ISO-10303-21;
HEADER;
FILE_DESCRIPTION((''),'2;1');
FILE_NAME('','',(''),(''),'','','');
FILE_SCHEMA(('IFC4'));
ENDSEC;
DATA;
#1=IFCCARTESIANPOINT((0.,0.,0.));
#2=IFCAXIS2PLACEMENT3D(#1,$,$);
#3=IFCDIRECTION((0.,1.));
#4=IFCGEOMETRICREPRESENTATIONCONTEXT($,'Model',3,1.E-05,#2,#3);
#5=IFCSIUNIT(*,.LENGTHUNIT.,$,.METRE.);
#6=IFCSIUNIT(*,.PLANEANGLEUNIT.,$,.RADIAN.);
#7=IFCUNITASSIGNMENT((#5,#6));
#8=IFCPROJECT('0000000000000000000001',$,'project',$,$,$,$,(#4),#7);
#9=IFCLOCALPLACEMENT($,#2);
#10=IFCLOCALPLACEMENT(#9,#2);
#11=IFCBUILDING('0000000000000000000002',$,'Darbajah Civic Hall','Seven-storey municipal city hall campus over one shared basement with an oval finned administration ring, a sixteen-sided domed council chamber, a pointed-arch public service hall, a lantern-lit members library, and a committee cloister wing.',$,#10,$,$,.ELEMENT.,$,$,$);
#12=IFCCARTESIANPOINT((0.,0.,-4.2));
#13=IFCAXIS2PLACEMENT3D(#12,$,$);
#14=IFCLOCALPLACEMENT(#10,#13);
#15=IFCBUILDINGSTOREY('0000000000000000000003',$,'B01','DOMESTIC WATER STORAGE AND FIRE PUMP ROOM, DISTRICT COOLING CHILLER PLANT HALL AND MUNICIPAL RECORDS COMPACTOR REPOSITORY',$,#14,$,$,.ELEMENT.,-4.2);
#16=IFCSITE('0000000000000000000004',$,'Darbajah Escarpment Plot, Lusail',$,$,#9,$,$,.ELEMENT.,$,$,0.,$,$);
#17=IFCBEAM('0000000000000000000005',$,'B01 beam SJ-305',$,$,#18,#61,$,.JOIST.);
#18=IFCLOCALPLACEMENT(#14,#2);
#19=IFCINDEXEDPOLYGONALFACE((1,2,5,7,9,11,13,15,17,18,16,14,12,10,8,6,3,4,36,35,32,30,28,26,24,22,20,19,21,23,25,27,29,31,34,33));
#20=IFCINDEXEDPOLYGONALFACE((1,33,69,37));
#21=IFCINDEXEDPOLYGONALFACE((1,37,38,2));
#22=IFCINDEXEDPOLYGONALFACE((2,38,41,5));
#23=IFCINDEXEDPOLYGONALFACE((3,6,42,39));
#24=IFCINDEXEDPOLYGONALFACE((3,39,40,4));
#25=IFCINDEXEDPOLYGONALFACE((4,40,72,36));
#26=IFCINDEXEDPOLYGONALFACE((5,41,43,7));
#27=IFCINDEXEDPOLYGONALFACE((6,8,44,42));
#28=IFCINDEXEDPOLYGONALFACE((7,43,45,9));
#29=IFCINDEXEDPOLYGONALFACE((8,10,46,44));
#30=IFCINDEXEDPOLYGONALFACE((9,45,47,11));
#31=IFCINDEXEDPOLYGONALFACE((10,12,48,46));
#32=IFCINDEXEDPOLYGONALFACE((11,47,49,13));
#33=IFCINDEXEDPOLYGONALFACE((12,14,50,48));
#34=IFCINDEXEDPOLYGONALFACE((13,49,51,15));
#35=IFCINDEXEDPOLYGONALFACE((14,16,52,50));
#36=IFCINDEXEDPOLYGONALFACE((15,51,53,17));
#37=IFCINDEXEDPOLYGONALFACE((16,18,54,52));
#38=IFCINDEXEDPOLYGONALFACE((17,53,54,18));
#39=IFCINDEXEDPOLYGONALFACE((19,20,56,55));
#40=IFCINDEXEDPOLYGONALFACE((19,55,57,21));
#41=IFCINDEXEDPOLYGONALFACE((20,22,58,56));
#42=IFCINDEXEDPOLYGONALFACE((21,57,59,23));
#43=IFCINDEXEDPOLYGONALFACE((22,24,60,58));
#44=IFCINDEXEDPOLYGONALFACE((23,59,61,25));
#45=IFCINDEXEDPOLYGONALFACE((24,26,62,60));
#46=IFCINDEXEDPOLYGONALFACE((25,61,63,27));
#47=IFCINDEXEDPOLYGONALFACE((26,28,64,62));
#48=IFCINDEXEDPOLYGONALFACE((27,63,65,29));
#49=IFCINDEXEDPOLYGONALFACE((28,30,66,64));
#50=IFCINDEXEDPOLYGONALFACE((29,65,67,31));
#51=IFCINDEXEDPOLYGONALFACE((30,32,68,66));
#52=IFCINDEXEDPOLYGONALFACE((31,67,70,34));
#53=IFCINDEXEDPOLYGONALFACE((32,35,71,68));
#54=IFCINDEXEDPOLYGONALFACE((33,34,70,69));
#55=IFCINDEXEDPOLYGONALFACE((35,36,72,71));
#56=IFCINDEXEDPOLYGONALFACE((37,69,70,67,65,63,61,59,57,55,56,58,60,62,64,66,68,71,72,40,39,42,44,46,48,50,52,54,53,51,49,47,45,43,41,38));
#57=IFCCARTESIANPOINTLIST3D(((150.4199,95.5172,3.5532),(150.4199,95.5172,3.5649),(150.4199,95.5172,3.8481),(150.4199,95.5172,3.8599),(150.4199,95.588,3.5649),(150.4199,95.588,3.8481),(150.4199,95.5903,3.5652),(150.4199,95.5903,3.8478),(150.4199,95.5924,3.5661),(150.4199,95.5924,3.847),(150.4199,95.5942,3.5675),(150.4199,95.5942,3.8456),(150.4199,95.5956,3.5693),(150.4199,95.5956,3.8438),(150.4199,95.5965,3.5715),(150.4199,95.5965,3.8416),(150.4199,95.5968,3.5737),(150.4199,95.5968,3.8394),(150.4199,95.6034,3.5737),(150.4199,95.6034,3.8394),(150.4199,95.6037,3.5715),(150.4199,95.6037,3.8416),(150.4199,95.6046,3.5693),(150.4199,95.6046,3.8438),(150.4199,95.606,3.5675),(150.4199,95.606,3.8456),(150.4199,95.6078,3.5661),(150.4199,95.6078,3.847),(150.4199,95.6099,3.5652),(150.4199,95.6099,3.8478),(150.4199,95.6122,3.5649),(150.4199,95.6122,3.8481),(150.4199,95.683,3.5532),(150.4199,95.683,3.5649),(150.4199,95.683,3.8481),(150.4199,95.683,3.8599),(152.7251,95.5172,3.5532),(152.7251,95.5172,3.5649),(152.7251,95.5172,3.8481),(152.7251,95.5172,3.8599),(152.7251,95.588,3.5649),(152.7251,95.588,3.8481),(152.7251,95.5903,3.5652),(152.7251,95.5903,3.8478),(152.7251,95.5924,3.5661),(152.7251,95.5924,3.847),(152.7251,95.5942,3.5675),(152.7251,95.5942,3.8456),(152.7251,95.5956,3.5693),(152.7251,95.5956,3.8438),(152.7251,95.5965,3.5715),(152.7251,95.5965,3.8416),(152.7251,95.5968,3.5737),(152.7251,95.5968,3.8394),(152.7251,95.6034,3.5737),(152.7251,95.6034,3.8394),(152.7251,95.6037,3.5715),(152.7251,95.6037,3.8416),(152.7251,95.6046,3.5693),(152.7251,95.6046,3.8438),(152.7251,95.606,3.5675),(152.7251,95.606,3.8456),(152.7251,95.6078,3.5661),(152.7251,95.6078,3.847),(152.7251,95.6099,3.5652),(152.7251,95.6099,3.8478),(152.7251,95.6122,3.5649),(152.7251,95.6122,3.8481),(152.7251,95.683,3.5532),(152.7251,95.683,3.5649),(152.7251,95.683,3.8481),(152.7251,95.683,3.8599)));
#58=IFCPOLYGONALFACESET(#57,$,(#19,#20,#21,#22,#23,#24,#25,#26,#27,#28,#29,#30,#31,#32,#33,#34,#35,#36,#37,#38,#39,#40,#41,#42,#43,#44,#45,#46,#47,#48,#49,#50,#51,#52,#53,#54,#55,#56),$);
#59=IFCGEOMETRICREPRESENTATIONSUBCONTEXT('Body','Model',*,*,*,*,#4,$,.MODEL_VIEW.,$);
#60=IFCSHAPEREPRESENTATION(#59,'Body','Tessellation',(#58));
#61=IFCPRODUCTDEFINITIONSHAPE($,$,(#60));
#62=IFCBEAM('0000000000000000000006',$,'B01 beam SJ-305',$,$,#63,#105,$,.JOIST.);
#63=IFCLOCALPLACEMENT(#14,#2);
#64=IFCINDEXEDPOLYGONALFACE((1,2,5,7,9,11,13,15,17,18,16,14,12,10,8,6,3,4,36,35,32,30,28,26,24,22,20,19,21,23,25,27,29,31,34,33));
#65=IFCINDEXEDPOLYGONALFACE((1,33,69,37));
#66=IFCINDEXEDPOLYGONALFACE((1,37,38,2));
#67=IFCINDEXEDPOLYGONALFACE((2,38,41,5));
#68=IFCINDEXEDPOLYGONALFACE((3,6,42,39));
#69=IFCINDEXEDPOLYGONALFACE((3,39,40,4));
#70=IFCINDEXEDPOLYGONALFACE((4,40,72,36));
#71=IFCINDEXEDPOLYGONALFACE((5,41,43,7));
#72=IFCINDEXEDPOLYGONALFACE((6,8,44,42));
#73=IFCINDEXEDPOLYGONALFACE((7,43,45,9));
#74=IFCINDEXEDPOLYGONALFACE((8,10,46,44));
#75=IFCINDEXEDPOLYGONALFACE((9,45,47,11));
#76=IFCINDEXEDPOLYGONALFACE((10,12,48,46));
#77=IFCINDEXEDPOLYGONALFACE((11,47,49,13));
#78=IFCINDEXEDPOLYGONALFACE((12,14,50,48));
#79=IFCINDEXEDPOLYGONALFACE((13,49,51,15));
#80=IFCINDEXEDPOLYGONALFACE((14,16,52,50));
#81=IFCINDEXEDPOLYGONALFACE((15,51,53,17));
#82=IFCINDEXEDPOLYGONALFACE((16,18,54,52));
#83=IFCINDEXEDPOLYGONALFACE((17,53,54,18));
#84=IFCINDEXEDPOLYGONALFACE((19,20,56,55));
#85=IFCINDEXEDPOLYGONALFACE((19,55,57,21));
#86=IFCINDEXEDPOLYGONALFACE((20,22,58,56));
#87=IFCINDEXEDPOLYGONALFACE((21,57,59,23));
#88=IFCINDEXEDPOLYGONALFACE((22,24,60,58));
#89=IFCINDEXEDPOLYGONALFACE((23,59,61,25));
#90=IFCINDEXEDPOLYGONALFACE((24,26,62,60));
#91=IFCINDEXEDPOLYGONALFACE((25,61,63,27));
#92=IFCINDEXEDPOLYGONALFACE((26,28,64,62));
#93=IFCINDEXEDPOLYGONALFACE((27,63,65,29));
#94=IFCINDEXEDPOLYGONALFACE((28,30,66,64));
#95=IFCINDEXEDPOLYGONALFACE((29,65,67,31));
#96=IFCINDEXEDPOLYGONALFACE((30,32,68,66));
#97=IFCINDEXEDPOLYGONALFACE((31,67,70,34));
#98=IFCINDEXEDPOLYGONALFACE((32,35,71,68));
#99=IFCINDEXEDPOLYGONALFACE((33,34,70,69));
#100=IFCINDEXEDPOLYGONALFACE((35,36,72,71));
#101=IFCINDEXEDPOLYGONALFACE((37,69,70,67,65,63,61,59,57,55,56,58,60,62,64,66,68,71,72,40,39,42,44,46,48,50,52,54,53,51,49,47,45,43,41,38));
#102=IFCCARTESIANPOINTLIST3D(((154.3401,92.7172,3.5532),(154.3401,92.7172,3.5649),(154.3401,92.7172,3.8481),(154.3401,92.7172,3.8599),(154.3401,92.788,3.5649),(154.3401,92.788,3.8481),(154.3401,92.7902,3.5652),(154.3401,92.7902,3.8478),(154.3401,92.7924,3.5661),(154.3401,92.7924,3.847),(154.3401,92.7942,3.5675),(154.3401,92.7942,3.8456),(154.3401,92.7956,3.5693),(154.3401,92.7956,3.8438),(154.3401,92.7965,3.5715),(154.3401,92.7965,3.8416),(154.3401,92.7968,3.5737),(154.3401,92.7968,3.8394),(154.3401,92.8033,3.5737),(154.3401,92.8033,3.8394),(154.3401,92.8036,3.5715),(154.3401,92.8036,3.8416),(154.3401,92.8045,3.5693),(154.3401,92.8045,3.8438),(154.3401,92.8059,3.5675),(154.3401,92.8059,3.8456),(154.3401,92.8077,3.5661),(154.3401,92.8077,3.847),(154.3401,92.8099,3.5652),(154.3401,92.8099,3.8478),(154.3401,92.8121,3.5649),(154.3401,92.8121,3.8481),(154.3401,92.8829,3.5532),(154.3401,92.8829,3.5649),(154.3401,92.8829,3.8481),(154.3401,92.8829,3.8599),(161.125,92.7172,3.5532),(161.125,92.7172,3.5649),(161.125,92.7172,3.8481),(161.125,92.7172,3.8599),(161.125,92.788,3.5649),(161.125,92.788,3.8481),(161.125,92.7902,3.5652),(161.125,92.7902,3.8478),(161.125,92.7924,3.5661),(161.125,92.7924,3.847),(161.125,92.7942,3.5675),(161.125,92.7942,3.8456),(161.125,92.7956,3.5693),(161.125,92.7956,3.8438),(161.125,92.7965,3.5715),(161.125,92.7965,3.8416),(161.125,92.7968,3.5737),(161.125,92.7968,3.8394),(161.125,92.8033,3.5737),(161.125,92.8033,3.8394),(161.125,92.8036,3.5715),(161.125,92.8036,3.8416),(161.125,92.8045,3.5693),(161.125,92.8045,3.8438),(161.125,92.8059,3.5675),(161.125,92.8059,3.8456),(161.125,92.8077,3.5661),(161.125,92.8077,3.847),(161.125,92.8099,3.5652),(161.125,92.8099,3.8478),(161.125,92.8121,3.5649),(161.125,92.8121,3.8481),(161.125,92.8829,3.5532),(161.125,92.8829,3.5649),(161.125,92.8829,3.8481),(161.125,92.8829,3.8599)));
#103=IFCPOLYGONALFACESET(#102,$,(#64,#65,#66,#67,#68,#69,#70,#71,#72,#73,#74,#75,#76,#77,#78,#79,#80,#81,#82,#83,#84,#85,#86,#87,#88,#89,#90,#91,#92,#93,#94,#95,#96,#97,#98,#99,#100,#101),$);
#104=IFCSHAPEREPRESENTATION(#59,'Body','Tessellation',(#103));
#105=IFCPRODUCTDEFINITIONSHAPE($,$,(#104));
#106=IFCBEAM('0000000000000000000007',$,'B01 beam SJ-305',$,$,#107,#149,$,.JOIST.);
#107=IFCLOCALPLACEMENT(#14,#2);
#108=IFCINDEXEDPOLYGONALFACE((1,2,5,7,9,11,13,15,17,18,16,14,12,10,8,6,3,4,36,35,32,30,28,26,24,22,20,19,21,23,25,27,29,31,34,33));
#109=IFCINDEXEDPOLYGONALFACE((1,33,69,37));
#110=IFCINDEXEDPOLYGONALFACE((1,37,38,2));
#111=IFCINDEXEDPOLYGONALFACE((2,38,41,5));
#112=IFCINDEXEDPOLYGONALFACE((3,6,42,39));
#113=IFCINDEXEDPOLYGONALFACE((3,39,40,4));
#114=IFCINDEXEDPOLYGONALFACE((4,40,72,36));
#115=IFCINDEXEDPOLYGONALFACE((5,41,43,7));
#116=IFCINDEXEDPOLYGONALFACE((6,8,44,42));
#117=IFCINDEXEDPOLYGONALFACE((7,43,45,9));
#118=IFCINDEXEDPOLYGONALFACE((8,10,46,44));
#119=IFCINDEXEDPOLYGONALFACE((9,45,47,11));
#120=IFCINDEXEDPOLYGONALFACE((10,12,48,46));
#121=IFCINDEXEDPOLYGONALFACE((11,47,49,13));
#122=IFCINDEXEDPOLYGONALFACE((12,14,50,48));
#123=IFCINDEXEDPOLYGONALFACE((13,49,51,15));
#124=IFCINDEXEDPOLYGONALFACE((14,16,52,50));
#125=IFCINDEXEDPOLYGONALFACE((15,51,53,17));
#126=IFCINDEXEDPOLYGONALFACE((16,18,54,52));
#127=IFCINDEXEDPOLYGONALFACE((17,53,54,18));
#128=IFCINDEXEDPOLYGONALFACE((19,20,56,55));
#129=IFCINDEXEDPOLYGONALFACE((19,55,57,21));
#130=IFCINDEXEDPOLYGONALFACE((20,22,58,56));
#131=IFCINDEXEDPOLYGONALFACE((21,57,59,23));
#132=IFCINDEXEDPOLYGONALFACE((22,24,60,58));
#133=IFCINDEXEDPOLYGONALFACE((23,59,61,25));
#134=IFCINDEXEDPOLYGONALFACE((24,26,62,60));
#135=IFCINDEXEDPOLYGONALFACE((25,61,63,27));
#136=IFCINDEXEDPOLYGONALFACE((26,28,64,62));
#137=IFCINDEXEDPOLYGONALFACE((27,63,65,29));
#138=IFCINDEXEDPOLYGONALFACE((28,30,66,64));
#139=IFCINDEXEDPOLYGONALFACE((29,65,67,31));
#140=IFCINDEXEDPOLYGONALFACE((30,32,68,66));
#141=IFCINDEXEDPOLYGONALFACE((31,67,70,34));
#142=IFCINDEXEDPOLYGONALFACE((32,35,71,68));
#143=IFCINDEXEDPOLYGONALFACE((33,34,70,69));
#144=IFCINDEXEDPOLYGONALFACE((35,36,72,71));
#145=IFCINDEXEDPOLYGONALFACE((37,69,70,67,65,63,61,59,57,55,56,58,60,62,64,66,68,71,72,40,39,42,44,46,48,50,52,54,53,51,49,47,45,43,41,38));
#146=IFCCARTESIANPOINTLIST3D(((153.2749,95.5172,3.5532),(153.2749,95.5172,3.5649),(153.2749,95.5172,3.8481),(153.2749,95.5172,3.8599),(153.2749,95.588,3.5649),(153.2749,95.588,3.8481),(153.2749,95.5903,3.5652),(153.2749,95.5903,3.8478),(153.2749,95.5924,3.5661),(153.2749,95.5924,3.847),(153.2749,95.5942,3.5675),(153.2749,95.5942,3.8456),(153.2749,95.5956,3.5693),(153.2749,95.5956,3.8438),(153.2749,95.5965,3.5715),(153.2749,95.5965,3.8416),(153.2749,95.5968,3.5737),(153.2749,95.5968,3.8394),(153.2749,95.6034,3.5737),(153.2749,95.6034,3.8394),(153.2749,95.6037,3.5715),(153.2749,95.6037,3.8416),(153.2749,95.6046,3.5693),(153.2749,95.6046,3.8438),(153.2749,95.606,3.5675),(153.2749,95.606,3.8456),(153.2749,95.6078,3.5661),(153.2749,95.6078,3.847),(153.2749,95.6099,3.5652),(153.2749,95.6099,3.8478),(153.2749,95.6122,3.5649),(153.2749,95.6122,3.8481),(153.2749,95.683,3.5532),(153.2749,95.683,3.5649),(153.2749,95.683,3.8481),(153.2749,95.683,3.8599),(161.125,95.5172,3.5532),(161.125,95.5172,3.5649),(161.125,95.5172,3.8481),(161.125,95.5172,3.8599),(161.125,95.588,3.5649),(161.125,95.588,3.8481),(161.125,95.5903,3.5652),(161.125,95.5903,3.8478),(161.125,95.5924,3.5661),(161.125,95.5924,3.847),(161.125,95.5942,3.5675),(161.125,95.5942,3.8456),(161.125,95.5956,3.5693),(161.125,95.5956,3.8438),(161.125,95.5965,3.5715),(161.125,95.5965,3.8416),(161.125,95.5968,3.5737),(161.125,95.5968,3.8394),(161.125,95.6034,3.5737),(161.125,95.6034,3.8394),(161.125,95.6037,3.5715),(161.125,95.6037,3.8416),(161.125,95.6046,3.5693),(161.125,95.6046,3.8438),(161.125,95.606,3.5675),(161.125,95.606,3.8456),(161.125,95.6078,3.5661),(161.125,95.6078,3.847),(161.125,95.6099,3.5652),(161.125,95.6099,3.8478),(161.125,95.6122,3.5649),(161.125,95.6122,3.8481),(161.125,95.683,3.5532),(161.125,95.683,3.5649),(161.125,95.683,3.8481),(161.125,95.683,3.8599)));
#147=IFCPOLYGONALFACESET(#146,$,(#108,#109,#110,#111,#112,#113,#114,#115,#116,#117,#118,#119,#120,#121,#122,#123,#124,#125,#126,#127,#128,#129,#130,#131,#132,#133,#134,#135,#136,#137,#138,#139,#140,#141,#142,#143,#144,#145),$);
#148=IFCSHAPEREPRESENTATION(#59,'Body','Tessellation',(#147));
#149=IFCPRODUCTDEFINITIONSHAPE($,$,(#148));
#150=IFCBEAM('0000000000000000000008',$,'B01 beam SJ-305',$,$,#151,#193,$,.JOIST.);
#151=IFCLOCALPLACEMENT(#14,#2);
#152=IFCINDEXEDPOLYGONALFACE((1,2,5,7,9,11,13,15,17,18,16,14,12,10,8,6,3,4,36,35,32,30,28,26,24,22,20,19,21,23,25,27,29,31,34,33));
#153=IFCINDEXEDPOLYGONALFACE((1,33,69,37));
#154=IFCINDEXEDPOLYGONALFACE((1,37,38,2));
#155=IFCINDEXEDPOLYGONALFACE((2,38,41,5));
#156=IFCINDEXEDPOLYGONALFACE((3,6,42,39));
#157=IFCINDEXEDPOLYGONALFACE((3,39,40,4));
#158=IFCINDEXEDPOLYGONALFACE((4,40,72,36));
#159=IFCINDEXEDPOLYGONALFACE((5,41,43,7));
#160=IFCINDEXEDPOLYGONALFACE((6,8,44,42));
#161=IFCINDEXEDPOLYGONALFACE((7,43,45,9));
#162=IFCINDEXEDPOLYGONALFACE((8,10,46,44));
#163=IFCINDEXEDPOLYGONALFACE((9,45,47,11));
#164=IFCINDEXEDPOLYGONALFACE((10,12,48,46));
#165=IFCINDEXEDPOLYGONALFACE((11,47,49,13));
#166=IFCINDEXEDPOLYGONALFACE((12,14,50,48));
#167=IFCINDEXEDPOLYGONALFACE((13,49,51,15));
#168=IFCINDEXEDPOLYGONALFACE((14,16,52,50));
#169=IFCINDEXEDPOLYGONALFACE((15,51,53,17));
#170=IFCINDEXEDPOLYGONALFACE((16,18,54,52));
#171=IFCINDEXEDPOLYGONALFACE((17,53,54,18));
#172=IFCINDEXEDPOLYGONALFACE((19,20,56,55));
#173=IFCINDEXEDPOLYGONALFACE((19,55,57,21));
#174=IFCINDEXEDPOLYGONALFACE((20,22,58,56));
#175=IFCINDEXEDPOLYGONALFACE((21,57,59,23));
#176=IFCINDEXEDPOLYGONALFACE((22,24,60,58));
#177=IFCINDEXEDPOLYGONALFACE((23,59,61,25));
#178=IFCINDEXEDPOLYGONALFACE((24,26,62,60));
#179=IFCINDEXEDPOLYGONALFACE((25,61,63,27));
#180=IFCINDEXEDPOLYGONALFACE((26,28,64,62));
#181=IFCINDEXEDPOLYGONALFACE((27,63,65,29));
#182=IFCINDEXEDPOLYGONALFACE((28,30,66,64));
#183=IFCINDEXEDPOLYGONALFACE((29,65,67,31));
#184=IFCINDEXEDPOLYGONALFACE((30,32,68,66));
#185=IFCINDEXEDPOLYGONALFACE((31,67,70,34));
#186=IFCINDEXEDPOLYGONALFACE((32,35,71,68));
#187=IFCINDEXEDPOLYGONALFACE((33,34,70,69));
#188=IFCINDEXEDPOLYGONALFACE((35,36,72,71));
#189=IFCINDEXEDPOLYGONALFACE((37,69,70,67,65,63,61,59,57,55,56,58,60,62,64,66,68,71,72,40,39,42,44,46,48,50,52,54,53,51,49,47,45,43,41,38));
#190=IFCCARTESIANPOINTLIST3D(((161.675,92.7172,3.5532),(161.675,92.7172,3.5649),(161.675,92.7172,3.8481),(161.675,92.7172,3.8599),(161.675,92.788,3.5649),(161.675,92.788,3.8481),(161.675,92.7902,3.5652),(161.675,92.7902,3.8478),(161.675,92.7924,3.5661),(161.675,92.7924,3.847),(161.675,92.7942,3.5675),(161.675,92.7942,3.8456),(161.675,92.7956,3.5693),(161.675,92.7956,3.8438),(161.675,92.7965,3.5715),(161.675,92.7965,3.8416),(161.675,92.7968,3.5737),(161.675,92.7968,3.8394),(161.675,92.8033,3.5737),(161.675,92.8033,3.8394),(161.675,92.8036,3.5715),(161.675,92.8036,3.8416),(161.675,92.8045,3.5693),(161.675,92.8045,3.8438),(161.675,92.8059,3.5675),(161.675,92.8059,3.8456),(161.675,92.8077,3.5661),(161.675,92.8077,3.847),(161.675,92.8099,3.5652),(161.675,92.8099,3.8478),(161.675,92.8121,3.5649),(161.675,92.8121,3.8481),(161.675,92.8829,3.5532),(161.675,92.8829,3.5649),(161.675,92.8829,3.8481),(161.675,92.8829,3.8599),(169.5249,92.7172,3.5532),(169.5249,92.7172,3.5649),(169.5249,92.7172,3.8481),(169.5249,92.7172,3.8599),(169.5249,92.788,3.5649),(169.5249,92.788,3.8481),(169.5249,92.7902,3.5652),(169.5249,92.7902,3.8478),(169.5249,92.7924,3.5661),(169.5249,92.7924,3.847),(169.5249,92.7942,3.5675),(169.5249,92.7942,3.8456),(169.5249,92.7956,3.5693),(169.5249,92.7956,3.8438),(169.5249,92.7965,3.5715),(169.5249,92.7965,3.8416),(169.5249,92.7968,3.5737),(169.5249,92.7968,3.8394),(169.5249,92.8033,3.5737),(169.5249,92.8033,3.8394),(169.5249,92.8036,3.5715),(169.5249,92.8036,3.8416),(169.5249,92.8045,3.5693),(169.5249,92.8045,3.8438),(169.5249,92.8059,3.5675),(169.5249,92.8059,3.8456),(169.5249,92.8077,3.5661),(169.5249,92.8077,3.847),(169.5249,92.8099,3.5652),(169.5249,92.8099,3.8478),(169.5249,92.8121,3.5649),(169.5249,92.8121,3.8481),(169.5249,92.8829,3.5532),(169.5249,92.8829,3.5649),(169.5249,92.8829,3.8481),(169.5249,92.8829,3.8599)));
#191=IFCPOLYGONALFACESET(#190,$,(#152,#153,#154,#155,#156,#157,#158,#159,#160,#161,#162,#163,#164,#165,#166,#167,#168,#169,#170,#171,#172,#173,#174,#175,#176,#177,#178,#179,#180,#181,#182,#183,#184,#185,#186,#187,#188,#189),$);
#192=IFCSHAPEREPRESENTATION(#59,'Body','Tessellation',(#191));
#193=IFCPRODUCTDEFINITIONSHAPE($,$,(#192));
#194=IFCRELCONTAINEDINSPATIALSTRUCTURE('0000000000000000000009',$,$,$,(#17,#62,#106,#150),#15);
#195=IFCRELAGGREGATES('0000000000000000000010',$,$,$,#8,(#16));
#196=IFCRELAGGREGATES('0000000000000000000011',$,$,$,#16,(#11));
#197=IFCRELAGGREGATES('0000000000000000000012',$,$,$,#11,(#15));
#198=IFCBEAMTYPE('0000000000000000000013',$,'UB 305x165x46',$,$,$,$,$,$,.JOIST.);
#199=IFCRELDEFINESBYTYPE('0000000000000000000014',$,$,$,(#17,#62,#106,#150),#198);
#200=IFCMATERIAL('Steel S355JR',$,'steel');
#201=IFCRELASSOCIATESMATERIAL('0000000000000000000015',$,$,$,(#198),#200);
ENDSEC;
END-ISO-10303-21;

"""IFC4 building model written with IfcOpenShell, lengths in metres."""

from ifc_helpers import new_model, si_unit, direction, frame, origin, origin_2d, place, context, subcontext, project, spatial, i_section, extrude, material, material_profile, profile_set, type_object, element, save


model = new_model("IFC4")

# Units and contexts
model_context = context("Model", 3, precision=1e-05, world=origin(), true_north=direction((0.0, 1.0)))
body_context = subcontext(model_context, "Body", "Model", "MODEL_VIEW")
ifc_project = project(units=[si_unit("LENGTHUNIT", "METRE"), si_unit("PLANEANGLEUNIT", "RADIAN")], contexts=[model_context])

# Site, building, storey
site_placement = place(None, origin())
site = spatial("IfcSite", under=ifc_project, at=site_placement, Name="Darbajah Escarpment Plot, Lusail", CompositionType="ELEMENT", RefElevation=0.0)
building_placement = place(site_placement, origin())
building = spatial("IfcBuilding", under=site, at=building_placement, Name="Darbajah Civic Hall", Description="Seven-storey municipal city hall campus over one shared basement with an oval finned administration ring, a sixteen-sided domed council chamber, a pointed-arch public service hall, a lantern-lit members library, and a committee cloister wing.", CompositionType="ELEMENT")
storey_placement = place(building_placement, frame((0.0, 0.0, -4.2)))
storey = spatial("IfcBuildingStorey", under=building, at=storey_placement, Name="B01", Description="DOMESTIC WATER STORAGE AND FIRE PUMP ROOM, DISTRICT COOLING CHILLER PLANT HALL AND MUNICIPAL RECORDS COMPACTOR REPOSITORY", CompositionType="ELEMENT", Elevation=-4.2)

# Beams
ifc_material_1 = material(Name="Steel S355JR", Category="steel")
ifc_material_profile_1 = material_profile(ifc_material_1, i_section(OverallWidth=0.1658, OverallDepth=0.3066, WebThickness=0.0066, FlangeThickness=0.0117, FilletRadius=0.0088, at=origin_2d()), Name="UB 305x165x46")
ifc_profile_set_1 = profile_set([ifc_material_profile_1], Name="Steel S355JR")
beam_type_1 = type_object("IfcBeamType", Name="UB 305x165x46", PredefinedType="JOIST", material=ifc_profile_set_1)
beam_1_placement = place(storey_placement, frame((150.4199, 95.6001, 3.7065), z_axis=(1.0, 0.0, 0.0), x_axis=(0.0, 1.0, 0.0)))
element("IfcBeam", 1, at=beam_1_placement, inside=storey, type_object=beam_type_1, Name="B01 beam SJ-305", PredefinedType="JOIST", context=body_context, shape_type="SweptSolid", body=[
    extrude(i_section(OverallWidth=0.1658, OverallDepth=0.3066, WebThickness=0.0066, FlangeThickness=0.0117, FilletRadius=0.0088, at=origin_2d()), origin(), (0.0, 0.0, 1.0), 2.3052),
])
beam_2_placement = place(storey_placement, frame((154.3401, 92.8, 3.7065), z_axis=(1.0, 0.0, 0.0), x_axis=(0.0, 1.0, 0.0)))
element("IfcBeam", 2, at=beam_2_placement, inside=storey, type_object=beam_type_1, Name="B01 beam SJ-305", PredefinedType="JOIST", context=body_context, shape_type="SweptSolid", body=[
    extrude(i_section(OverallWidth=0.1658, OverallDepth=0.3066, WebThickness=0.0066, FlangeThickness=0.0117, FilletRadius=0.0088, at=origin_2d()), origin(), (0.0, 0.0, 1.0), 6.7849),
])
beam_3_placement = place(storey_placement, frame((153.2749, 95.6001, 3.7065), z_axis=(1.0, 0.0, 0.0), x_axis=(0.0, 1.0, 0.0)))
element("IfcBeam", 3, at=beam_3_placement, inside=storey, type_object=beam_type_1, Name="B01 beam SJ-305", PredefinedType="JOIST", context=body_context, shape_type="SweptSolid", body=[
    extrude(i_section(OverallWidth=0.1658, OverallDepth=0.3066, WebThickness=0.0066, FlangeThickness=0.0117, FilletRadius=0.0088, at=origin_2d()), origin(), (0.0, 0.0, 1.0), 7.8501),
])
beam_4_placement = place(storey_placement, frame((161.675, 92.8, 3.7065), z_axis=(1.0, 0.0, 0.0), x_axis=(0.0, 1.0, 0.0)))
element("IfcBeam", 4, at=beam_4_placement, inside=storey, type_object=beam_type_1, Name="B01 beam SJ-305", PredefinedType="JOIST", context=body_context, shape_type="SweptSolid", body=[
    extrude(i_section(OverallWidth=0.1658, OverallDepth=0.3066, WebThickness=0.0066, FlangeThickness=0.0117, FilletRadius=0.0088, at=origin_2d()), origin(), (0.0, 0.0, 1.0), 7.8499),
])

save(model, "model.ifc")
